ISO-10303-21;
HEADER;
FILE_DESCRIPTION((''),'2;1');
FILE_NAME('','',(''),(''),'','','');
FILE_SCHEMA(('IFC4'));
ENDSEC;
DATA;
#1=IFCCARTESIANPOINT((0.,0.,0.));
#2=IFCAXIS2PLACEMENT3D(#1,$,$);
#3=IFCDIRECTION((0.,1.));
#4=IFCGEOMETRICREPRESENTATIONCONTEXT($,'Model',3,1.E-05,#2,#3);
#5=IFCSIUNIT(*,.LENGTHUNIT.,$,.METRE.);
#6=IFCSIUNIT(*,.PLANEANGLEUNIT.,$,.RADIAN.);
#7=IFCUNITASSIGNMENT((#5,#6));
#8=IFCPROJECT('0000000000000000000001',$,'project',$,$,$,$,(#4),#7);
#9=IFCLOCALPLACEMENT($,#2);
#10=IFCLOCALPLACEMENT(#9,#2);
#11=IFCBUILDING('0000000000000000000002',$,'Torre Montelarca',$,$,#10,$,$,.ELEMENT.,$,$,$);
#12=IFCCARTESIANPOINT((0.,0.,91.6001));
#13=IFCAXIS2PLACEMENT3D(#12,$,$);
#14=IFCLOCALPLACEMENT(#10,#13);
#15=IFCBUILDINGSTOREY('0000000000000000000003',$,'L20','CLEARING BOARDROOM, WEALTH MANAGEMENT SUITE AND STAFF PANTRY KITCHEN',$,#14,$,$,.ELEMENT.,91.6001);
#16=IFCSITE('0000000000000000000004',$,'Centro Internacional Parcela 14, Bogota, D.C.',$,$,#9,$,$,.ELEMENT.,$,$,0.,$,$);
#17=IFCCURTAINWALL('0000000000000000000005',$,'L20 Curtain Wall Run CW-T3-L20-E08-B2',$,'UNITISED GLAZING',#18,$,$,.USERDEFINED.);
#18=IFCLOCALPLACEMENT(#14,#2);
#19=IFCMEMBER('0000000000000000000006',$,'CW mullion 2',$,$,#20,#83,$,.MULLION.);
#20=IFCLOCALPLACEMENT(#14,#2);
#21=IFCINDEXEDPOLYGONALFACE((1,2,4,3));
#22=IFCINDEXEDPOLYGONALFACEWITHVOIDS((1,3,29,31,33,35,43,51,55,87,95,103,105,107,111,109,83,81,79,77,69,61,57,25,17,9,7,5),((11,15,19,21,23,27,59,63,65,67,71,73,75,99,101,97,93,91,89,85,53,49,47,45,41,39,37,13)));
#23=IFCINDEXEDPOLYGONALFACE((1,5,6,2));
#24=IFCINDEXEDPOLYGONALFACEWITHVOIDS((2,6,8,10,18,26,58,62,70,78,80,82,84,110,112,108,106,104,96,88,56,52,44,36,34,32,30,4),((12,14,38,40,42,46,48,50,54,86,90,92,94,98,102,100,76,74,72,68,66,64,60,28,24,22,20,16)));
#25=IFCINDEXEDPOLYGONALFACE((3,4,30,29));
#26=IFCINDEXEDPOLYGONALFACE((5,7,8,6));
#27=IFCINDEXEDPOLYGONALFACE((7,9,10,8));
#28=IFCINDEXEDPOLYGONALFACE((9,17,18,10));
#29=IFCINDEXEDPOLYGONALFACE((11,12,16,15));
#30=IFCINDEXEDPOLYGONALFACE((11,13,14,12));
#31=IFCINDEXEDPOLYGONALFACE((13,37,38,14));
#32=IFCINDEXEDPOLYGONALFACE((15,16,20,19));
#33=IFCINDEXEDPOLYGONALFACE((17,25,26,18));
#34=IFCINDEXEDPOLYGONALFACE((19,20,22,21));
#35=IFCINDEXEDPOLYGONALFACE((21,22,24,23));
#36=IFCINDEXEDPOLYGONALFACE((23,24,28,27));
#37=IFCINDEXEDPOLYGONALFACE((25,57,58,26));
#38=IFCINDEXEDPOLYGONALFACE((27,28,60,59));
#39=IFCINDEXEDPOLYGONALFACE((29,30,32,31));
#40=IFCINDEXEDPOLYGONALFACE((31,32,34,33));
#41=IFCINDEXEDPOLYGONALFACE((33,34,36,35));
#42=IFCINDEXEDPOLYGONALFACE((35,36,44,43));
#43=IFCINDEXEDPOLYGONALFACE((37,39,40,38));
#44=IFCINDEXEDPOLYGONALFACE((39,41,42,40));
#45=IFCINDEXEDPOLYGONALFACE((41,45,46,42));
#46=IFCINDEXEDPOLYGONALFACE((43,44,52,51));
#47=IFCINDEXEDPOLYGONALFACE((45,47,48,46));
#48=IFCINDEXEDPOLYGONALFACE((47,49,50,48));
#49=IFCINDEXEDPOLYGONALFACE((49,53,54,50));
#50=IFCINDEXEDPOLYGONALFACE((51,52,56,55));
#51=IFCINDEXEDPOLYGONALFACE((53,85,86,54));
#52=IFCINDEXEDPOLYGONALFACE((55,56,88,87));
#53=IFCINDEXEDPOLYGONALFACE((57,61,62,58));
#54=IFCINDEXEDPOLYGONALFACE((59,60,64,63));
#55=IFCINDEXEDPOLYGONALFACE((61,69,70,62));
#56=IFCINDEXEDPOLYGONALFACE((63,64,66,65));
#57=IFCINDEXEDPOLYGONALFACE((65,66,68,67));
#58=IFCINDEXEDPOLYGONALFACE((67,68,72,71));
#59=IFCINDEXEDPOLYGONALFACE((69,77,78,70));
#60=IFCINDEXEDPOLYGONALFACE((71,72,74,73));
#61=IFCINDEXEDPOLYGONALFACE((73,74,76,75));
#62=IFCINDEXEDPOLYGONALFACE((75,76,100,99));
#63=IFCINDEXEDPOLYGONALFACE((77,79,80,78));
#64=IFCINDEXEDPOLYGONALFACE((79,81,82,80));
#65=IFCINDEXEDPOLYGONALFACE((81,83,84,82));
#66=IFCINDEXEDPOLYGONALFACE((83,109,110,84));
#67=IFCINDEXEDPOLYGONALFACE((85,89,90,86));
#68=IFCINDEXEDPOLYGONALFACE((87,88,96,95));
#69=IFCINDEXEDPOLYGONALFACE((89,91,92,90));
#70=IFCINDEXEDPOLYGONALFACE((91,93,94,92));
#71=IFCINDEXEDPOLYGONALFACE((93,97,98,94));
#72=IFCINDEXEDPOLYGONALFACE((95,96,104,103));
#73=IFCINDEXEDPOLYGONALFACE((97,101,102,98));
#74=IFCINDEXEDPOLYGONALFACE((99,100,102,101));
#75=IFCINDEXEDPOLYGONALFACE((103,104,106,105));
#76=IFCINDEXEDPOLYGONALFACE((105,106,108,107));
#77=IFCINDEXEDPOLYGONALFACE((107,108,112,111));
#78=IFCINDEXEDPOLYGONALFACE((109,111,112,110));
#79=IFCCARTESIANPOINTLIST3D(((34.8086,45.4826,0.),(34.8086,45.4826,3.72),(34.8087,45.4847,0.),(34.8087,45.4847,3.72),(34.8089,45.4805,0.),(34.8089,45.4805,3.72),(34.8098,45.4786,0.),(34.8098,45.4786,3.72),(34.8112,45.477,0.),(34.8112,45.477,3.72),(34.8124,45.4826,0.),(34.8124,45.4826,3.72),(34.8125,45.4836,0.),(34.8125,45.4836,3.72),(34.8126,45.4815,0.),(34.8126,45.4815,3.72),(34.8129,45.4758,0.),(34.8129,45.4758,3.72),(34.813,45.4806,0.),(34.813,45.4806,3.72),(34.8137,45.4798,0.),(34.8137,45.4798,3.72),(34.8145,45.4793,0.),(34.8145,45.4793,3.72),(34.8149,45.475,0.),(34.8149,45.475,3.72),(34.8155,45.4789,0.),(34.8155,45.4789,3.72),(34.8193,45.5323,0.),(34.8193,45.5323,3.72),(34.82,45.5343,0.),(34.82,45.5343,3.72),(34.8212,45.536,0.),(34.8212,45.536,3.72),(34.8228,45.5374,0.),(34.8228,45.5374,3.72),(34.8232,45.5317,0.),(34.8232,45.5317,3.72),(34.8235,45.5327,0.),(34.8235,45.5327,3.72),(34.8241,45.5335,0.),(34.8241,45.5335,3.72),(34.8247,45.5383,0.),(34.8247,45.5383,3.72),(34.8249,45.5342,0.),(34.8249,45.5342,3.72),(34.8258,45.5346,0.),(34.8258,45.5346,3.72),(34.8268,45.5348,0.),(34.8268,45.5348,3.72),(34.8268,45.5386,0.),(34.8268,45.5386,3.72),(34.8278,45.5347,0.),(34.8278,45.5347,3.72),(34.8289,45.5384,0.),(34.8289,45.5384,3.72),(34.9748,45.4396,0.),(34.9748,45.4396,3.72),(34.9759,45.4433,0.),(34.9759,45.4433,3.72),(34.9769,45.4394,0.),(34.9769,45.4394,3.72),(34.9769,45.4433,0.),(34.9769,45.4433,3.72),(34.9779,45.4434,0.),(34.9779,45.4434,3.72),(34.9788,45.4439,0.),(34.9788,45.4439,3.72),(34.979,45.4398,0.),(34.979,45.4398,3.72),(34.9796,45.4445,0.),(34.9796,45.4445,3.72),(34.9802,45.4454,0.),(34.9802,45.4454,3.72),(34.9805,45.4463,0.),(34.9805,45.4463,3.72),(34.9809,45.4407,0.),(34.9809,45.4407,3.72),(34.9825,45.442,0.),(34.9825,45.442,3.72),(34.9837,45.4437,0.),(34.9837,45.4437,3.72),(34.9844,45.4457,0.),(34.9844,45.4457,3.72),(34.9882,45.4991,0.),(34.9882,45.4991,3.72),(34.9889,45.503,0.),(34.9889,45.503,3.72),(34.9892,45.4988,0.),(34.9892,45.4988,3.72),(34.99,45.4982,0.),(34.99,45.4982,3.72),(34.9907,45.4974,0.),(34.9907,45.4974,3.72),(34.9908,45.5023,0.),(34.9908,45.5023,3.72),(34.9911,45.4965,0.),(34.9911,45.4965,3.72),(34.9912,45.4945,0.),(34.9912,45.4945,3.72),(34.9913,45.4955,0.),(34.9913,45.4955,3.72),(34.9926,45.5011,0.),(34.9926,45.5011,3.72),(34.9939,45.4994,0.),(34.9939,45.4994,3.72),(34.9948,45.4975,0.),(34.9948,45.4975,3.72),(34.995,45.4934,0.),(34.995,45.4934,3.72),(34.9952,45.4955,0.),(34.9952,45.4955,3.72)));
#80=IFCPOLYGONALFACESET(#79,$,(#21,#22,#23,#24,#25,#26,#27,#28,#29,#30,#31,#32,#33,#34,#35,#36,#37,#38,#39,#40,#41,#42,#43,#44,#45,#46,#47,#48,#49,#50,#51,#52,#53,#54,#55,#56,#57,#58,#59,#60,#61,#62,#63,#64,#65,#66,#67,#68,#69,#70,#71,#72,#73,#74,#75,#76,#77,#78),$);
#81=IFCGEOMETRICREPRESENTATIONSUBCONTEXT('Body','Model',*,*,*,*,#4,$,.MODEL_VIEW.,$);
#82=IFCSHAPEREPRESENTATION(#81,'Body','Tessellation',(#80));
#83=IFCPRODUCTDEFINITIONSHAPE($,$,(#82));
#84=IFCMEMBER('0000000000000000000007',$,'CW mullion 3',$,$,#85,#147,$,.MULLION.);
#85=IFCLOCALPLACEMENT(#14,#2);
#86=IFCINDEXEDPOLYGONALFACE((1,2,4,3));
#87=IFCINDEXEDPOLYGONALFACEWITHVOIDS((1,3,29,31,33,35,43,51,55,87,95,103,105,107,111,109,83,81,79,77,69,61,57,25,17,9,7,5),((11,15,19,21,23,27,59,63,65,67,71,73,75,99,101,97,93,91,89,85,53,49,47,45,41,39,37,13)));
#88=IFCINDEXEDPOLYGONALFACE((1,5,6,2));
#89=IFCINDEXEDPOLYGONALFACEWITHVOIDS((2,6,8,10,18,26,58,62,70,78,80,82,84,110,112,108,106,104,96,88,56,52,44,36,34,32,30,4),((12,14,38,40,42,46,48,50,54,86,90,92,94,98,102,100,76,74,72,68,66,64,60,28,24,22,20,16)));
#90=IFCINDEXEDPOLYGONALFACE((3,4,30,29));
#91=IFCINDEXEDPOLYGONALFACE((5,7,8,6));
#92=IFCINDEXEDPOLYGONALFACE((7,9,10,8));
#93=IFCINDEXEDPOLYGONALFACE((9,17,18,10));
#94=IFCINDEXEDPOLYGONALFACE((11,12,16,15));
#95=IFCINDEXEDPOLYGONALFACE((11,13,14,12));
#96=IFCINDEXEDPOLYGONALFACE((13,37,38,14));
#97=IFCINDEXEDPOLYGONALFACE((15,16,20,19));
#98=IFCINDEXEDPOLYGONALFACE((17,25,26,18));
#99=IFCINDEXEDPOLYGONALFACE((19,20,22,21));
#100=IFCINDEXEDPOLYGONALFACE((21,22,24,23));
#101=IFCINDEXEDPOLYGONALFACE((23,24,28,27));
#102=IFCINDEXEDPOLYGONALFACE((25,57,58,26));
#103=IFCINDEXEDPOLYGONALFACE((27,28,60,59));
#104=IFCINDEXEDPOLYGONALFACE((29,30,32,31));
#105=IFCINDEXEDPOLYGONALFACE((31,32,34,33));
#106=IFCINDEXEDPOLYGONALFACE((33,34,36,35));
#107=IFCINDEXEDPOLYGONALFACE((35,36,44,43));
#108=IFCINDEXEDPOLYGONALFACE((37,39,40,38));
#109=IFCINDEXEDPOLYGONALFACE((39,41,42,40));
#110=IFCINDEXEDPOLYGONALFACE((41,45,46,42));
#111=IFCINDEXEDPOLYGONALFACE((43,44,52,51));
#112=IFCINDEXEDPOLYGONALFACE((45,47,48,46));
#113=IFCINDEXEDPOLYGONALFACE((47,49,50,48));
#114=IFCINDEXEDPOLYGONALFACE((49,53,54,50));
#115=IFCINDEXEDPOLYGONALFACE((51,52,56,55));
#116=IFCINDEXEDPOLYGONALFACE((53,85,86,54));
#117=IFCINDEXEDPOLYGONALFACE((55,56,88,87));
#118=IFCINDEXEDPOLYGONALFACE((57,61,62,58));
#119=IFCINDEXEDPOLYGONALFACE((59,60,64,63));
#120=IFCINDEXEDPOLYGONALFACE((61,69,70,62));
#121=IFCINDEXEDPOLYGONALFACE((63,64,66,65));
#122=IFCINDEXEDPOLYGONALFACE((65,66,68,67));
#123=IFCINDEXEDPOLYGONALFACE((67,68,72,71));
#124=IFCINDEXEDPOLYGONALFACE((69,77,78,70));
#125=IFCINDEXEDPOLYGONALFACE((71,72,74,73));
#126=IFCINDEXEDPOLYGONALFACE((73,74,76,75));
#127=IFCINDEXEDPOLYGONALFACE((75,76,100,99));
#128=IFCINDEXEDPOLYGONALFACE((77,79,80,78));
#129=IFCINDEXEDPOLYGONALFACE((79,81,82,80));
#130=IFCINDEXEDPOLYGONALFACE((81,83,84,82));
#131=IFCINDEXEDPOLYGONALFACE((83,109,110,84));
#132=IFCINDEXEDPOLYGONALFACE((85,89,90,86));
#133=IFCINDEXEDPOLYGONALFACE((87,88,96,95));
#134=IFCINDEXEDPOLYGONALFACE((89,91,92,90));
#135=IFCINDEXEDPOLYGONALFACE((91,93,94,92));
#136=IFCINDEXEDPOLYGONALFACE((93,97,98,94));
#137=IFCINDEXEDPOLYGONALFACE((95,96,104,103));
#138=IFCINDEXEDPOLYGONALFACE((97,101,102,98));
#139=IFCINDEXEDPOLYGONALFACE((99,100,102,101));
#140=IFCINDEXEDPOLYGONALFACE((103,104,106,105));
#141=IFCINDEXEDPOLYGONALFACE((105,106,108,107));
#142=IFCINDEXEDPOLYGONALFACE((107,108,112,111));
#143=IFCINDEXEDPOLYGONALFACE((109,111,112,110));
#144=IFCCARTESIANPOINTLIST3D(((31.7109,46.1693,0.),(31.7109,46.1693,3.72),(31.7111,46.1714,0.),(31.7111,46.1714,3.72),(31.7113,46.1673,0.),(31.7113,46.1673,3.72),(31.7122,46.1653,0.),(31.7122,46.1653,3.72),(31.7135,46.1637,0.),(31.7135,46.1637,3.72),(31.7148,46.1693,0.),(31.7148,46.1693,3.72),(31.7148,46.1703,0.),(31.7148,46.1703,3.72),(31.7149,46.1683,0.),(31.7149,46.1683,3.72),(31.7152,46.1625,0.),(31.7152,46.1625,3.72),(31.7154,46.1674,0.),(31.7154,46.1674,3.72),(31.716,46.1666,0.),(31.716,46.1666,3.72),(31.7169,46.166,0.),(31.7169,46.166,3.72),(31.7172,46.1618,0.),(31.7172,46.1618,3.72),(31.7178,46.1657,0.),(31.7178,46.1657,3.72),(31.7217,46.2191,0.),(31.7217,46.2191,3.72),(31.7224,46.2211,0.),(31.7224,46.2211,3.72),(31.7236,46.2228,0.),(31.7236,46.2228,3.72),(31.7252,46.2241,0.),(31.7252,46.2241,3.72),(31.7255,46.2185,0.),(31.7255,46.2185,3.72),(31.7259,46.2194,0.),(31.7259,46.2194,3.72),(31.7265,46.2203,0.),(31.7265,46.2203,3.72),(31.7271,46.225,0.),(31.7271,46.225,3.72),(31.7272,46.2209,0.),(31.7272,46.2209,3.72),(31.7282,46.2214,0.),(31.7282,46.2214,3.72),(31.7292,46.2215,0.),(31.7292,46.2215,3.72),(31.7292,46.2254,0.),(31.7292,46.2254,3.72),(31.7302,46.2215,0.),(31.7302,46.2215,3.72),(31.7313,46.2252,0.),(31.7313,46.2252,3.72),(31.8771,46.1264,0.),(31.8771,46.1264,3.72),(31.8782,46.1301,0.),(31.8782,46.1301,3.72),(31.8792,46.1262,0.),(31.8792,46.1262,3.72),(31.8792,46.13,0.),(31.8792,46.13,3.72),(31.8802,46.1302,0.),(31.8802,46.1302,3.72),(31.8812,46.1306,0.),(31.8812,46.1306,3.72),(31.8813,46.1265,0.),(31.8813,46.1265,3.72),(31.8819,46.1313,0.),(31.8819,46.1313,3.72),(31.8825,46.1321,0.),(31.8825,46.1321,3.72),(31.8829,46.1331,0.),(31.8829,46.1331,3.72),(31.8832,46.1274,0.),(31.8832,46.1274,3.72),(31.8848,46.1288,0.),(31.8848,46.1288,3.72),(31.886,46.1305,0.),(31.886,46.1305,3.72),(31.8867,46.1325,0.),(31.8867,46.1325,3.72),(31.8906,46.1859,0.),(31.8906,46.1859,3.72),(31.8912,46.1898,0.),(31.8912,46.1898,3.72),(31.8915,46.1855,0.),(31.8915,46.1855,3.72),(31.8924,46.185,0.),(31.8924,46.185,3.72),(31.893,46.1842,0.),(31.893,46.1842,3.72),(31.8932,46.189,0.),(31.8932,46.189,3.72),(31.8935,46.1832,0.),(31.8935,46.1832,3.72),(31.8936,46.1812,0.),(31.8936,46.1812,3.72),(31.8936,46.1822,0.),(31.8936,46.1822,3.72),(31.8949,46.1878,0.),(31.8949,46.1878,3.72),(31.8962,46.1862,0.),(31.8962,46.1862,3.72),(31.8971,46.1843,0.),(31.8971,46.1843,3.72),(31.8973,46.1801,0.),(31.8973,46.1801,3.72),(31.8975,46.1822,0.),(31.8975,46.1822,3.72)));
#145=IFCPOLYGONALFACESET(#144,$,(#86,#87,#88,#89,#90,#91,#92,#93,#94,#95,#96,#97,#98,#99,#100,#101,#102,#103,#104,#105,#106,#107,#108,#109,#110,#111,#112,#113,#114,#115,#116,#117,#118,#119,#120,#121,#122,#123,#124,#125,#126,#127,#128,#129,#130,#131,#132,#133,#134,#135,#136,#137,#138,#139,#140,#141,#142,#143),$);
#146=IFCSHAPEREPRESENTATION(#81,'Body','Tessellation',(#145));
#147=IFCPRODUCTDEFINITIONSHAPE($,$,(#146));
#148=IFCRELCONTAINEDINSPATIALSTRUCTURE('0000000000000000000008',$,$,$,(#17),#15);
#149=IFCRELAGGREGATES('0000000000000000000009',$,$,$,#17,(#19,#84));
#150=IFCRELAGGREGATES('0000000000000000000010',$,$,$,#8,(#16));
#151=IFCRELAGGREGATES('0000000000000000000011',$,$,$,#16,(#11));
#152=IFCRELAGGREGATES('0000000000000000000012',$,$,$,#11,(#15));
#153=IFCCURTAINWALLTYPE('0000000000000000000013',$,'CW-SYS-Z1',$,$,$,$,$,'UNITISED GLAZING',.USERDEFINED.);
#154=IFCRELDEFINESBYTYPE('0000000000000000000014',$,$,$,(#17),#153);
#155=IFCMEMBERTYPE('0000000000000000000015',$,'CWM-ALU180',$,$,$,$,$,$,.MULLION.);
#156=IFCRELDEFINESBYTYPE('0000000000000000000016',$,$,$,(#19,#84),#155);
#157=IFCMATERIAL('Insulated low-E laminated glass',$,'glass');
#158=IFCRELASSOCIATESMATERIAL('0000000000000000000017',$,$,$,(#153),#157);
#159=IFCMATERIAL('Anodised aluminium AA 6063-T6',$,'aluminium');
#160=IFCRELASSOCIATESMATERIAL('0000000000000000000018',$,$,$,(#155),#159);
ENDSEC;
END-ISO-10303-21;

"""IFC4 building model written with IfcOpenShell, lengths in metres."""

from ifc_helpers import new_model, si_unit, direction, frame, origin, origin_2d, place, context, subcontext, project, spatial, hollow_rectangle, extrude, source, transform, mapped, material, material_profile, profile_set, type_object, element, aggregate, save


model = new_model("IFC4")

# Units and contexts
model_context = context("Model", 3, precision=1e-05, world=origin(), true_north=direction((0.0, 1.0)))
body_context = subcontext(model_context, "Body", "Model", "MODEL_VIEW")
ifc_project = project(units=[si_unit("LENGTHUNIT", "METRE"), si_unit("PLANEANGLEUNIT", "RADIAN")], contexts=[model_context])

# Site, building, storey
site_placement = place(None, origin())
site = spatial("IfcSite", under=ifc_project, at=site_placement, Name="Centro Internacional Parcela 14, Bogota, D.C.", CompositionType="ELEMENT", RefElevation=0.0)
building_placement = place(site_placement, origin())
building = spatial("IfcBuilding", under=site, at=building_placement, Name="Torre Montelarca", CompositionType="ELEMENT")
storey_placement = place(building_placement, frame((0.0, 0.0, 91.6001)))
storey = spatial("IfcBuildingStorey", under=building, at=storey_placement, Name="L20", Description="CLEARING BOARDROOM, WEALTH MANAGEMENT SUITE AND STAFF PANTRY KITCHEN", CompositionType="ELEMENT", Elevation=91.6001)

# Curtain wall
ifc_material_1 = material(Name="Insulated low-E laminated glass", Category="glass")
curtain_wall_type = type_object("IfcCurtainWallType", Name="CW-SYS-Z1", ElementType="UNITISED GLAZING", PredefinedType="USERDEFINED", material=ifc_material_1)
curtain_wall_1_placement = place(storey_placement, origin())
curtain_wall_1 = element("IfcCurtainWall", 1, at=curtain_wall_1_placement, inside=storey, type_object=curtain_wall_type, Name="L20 Curtain Wall Run CW-T3-L20-E08-B2", ObjectType="UNITISED GLAZING", PredefinedType="USERDEFINED")
ifc_material_2 = material(Name="Anodised aluminium AA 6063-T6", Category="aluminium")

# Members
ifc_material_profile_1 = material_profile(ifc_material_2, hollow_rectangle(XDim=0.0649, YDim=0.1799, WallThickness=0.0039, InnerFilletRadius=0.0039, OuterFilletRadius=0.0081, at=origin_2d()), Name="ALU65X180X4", Category="aluminium")
ifc_profile_set_1 = profile_set([ifc_material_profile_1], Name="Anodised aluminium AA 6063-T6")
member_type_1 = type_object("IfcMemberType", Name="CWM-ALU180", PredefinedType="MULLION", material=ifc_profile_set_1)
shared_shape_1 = source(origin(), body_context, "Body", "SweptSolid", [
    extrude(hollow_rectangle(XDim=0.0649, YDim=0.1799, WallThickness=0.0039, InnerFilletRadius=0.0039, OuterFilletRadius=0.0081, at=origin_2d()), origin(), (0.0, 0.0, 1.0), 3.72),
])
member_1_placement = place(storey_placement, frame((34.9019, 45.489, 0.0), z_axis=(0.0, 0.0, 1.0), x_axis=(-0.216445, -0.976295, 0.0)))
member_1 = element("IfcMember", 2, at=member_1_placement, type_object=member_type_1, Name="CW mullion 2", PredefinedType="MULLION", context=body_context, shape_type="MappedRepresentation", body=[
    mapped(shared_shape_1, transform((0.0, 0.0, 0.0), scale=1.0)),
])
member_2_placement = place(storey_placement, frame((31.8042, 46.1758, 0.0), z_axis=(0.0, 0.0, 1.0), x_axis=(-0.216445, -0.976295, 0.0)))
member_2 = element("IfcMember", 3, at=member_2_placement, type_object=member_type_1, Name="CW mullion 3", PredefinedType="MULLION", context=body_context, shape_type="MappedRepresentation", body=[
    mapped(shared_shape_1, transform((0.0, 0.0, 0.0), scale=1.0)),
])

aggregate(curtain_wall_1, [member_1, member_2])

save(model, "model.ifc")
